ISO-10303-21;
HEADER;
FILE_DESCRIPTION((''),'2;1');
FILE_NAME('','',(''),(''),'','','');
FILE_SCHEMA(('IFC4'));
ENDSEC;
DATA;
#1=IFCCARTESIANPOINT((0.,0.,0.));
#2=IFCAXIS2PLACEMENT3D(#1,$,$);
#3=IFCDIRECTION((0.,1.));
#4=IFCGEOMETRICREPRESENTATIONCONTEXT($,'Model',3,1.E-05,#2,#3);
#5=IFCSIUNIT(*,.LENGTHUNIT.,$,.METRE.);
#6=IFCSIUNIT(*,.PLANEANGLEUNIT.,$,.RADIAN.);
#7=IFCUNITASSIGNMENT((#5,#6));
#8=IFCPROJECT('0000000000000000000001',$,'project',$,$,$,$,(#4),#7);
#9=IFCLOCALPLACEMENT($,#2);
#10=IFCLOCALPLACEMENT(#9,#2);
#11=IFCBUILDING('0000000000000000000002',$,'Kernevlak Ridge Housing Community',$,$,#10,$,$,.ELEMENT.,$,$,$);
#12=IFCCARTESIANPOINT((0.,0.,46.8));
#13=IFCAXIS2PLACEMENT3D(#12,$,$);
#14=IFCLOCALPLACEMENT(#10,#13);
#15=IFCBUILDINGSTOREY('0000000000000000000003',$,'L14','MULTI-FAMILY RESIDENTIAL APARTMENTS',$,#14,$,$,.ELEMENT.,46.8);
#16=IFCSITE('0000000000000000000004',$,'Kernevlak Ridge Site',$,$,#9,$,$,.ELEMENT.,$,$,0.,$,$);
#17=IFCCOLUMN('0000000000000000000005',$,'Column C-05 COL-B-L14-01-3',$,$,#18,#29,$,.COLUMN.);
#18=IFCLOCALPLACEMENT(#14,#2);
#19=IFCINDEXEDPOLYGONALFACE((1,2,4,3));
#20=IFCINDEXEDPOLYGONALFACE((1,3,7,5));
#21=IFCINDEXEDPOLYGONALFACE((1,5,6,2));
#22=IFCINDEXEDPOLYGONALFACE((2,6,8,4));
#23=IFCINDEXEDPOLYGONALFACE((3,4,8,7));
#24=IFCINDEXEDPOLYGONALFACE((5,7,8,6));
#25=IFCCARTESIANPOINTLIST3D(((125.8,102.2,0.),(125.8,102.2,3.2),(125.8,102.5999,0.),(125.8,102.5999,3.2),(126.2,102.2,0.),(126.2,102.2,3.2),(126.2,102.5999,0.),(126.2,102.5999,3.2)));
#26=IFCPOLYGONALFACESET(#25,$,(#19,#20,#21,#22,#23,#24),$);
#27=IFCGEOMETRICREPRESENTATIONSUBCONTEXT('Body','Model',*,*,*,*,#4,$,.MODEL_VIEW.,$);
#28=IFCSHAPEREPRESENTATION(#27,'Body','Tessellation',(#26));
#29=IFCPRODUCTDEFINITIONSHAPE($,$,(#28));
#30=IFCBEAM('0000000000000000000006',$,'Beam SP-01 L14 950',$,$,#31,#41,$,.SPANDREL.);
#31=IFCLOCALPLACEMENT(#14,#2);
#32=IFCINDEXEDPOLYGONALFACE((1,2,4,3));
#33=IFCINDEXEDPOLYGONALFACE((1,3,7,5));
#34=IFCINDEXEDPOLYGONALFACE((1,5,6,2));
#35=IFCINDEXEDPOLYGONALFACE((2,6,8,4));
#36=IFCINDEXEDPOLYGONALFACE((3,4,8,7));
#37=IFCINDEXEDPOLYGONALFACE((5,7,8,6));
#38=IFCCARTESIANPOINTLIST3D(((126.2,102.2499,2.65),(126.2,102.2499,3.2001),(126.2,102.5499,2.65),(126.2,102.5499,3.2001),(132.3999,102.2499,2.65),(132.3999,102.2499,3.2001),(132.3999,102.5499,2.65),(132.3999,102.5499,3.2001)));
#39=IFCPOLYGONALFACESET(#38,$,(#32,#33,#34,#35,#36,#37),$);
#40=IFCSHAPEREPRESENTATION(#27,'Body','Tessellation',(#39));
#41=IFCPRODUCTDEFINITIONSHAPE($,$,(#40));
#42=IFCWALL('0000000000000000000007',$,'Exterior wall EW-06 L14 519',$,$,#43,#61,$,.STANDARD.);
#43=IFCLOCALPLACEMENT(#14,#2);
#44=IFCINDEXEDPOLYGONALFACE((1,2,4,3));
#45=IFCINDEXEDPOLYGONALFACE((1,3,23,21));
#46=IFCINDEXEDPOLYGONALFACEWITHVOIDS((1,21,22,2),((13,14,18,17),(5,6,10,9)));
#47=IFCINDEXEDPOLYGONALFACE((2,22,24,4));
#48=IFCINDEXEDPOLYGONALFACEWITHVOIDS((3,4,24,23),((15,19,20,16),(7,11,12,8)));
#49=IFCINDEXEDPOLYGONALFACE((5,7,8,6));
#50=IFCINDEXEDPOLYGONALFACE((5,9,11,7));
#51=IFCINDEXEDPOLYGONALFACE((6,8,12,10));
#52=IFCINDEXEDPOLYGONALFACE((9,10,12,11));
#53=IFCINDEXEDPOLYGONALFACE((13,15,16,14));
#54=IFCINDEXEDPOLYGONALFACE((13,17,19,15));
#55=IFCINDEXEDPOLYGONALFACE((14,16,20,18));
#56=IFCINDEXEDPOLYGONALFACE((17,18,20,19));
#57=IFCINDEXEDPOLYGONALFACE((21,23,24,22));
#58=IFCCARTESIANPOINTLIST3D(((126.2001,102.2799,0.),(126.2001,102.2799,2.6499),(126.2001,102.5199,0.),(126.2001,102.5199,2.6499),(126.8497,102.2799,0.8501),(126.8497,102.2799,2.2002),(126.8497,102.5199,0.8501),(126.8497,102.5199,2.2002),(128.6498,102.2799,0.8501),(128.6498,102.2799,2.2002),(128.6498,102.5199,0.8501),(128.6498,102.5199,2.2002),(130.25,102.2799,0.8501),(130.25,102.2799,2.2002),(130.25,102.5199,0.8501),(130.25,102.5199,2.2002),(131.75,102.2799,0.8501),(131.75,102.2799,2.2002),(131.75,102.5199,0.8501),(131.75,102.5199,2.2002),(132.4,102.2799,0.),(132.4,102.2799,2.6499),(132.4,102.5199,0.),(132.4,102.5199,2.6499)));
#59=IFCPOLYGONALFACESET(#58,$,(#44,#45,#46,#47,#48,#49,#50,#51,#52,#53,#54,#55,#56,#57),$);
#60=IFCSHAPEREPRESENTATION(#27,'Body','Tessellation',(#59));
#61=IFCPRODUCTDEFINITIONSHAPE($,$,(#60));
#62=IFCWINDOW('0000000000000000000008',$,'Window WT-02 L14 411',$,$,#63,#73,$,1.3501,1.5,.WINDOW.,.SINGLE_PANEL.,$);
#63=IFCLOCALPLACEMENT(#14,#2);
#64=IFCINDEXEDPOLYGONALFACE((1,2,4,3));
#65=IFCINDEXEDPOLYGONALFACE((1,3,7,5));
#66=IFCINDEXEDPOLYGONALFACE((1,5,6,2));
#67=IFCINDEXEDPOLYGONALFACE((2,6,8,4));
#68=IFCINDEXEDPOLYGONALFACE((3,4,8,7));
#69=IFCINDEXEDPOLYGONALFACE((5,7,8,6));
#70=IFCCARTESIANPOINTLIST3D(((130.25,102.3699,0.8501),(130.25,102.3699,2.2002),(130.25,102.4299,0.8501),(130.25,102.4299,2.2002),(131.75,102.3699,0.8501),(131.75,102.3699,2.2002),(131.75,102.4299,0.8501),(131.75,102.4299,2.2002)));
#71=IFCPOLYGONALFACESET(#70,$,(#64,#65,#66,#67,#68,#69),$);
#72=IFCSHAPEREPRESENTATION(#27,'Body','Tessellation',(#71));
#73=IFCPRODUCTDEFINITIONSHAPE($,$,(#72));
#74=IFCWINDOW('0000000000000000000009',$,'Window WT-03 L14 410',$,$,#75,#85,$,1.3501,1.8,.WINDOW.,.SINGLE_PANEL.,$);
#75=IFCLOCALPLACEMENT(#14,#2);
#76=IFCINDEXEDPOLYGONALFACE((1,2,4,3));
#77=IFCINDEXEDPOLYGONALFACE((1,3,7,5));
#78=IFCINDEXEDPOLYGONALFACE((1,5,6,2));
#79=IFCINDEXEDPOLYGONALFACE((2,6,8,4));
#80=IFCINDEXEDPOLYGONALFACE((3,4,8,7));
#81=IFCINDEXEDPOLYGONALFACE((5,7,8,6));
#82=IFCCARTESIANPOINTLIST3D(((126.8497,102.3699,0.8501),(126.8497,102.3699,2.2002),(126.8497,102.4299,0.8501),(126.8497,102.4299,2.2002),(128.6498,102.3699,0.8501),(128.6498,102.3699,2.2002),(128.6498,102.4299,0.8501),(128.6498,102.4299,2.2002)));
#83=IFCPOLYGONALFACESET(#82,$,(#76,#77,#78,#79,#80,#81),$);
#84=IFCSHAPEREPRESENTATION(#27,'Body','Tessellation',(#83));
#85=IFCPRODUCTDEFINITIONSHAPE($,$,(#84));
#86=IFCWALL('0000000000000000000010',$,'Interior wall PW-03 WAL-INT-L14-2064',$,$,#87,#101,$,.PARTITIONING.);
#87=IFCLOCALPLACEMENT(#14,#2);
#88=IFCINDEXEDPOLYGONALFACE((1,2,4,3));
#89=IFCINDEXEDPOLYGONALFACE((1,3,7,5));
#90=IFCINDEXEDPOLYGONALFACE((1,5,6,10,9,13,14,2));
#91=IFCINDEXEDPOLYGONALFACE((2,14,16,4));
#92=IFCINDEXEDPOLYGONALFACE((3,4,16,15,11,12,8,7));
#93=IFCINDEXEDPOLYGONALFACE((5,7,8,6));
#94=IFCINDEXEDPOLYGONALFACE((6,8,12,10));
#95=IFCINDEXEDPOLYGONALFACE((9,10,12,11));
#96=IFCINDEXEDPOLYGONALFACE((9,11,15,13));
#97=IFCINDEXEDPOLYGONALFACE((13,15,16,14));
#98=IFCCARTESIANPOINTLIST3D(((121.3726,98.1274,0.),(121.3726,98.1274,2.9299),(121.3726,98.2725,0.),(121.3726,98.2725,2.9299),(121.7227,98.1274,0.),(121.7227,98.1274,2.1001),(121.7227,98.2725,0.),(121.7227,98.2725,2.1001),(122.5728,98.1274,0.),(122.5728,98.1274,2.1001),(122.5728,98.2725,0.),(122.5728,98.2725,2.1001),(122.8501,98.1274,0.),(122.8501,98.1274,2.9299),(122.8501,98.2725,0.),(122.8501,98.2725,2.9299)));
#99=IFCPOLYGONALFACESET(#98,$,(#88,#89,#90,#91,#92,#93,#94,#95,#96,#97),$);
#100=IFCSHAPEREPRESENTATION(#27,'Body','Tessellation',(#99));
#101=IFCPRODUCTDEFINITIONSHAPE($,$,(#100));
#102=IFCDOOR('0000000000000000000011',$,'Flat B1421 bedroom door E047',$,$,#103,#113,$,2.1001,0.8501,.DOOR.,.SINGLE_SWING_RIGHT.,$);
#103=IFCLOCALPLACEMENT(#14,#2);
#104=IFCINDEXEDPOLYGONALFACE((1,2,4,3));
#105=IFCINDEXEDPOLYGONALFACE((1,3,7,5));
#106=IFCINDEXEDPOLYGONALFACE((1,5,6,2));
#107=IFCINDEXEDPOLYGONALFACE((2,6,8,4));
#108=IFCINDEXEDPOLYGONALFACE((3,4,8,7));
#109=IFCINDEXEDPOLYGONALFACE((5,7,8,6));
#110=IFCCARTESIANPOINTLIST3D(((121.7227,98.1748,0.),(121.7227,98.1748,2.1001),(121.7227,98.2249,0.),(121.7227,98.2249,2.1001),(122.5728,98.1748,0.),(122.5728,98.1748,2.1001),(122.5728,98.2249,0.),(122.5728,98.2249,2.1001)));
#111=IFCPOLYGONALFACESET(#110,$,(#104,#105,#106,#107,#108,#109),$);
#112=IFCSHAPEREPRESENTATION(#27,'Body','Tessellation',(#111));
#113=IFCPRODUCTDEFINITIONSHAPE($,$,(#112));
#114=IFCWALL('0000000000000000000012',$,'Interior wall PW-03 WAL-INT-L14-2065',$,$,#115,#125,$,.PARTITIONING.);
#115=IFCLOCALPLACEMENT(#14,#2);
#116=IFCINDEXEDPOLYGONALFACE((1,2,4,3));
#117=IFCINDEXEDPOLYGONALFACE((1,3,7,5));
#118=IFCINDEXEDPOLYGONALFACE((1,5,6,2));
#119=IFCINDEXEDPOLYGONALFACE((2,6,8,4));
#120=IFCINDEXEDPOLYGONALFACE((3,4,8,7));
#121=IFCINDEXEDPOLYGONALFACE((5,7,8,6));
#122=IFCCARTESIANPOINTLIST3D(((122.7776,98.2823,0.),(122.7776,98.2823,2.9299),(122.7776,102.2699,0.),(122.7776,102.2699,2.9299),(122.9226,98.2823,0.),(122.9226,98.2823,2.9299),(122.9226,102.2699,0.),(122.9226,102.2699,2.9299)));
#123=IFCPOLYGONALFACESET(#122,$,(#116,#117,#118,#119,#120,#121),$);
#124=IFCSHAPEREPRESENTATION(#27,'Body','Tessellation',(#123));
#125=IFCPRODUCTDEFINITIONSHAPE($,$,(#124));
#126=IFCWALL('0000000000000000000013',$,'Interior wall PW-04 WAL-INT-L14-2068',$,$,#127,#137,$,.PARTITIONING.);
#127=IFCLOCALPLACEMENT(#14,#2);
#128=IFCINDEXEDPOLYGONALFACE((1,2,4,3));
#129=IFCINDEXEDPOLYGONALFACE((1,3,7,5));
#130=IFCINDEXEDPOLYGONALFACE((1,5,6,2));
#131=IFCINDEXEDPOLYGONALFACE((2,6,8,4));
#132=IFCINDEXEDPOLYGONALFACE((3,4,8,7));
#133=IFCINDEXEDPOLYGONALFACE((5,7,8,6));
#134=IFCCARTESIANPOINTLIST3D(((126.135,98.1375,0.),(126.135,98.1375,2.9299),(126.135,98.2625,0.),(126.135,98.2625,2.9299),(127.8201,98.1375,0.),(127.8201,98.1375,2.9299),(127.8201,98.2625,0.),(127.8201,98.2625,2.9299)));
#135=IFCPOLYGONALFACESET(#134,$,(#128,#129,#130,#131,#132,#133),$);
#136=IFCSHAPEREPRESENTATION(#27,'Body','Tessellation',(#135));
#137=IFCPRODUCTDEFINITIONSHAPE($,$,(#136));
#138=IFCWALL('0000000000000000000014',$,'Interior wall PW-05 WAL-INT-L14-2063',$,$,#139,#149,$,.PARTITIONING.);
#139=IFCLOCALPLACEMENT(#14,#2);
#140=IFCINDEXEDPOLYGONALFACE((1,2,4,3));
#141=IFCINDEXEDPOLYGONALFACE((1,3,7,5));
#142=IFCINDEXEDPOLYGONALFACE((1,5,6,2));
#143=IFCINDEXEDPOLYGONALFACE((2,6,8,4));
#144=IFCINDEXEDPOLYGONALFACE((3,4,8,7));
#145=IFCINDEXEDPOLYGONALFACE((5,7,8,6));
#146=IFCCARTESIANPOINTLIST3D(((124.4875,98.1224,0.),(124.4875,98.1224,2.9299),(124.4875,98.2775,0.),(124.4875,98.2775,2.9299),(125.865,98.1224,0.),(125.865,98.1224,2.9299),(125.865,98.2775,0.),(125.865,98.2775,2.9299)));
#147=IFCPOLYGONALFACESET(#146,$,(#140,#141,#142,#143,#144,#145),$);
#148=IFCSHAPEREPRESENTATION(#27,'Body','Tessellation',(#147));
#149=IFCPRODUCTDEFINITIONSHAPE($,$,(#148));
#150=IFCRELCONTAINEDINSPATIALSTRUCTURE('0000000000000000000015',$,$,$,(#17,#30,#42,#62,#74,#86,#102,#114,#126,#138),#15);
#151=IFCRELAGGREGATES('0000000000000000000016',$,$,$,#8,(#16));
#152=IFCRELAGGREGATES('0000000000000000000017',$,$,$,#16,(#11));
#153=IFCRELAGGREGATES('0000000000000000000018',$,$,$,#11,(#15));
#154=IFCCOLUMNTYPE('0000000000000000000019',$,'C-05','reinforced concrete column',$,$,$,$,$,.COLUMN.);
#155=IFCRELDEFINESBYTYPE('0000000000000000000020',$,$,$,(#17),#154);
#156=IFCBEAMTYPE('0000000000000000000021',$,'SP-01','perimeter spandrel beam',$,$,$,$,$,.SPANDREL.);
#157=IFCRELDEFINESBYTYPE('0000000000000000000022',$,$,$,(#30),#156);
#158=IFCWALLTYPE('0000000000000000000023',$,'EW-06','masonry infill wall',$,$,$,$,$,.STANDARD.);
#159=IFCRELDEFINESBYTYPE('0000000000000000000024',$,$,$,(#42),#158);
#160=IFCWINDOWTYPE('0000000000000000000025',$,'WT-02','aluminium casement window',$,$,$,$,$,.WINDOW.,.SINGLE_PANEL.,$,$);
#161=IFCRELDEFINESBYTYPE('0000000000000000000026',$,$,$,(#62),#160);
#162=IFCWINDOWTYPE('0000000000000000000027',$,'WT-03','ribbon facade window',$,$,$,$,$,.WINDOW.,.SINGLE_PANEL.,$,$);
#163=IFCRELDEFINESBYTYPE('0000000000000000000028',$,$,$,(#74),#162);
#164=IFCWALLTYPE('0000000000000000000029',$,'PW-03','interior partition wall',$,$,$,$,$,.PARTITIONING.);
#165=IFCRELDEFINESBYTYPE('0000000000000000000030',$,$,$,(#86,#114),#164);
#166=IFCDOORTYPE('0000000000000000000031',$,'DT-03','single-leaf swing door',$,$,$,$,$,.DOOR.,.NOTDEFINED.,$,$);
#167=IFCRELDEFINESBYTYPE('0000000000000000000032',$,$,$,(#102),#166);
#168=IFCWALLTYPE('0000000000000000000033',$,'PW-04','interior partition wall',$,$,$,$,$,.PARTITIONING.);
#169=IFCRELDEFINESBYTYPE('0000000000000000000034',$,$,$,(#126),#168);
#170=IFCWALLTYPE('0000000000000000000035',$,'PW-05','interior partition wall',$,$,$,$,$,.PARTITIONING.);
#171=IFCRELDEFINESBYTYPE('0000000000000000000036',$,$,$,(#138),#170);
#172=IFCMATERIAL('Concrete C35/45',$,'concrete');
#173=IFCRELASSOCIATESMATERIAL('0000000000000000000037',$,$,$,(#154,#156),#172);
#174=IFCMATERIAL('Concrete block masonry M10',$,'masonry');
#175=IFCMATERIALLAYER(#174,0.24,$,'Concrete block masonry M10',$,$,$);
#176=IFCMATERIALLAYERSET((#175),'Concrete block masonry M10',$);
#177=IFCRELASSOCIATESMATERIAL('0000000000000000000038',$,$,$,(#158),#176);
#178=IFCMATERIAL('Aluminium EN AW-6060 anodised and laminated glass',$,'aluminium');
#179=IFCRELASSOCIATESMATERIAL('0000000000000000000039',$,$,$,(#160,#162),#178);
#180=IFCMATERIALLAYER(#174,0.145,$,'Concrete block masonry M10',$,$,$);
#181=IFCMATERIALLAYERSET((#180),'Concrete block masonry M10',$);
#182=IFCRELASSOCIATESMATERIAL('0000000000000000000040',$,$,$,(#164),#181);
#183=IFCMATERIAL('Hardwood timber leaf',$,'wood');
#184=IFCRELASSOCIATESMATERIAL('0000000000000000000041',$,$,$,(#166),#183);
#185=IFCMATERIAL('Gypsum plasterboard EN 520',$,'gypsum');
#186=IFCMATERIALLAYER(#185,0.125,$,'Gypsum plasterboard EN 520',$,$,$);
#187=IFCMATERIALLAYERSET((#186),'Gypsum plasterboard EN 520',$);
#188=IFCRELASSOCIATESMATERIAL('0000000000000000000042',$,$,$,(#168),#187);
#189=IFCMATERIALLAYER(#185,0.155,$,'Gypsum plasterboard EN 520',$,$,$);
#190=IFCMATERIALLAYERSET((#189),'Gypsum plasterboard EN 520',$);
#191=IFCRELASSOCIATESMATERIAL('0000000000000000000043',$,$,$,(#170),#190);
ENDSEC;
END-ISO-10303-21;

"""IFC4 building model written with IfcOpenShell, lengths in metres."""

from ifc_helpers import new_model, si_unit, direction, frame, frame_2d, origin, origin_2d, place, context, subcontext, project, spatial, rectangle, extrude, material, layer, layer_set, material_profile, profile_set, type_object, element, fill, save


model = new_model("IFC4")

# Units and contexts
model_context = context("Model", 3, precision=1e-05, world=origin(), true_north=direction((0.0, 1.0)))
body_context = subcontext(model_context, "Body", "Model", "MODEL_VIEW")
ifc_project = project(units=[si_unit("LENGTHUNIT", "METRE"), si_unit("PLANEANGLEUNIT", "RADIAN")], contexts=[model_context])

# Site, building, storey
site_placement = place(None, origin())
site = spatial("IfcSite", under=ifc_project, at=site_placement, Name="Kernevlak Ridge Site", CompositionType="ELEMENT", RefElevation=0.0)
building_placement = place(site_placement, origin())
building = spatial("IfcBuilding", under=site, at=building_placement, Name="Kernevlak Ridge Housing Community", CompositionType="ELEMENT")
storey_placement = place(building_placement, frame((0.0, 0.0, 46.8)))
storey = spatial("IfcBuildingStorey", under=building, at=storey_placement, Name="L14", Description="MULTI-FAMILY RESIDENTIAL APARTMENTS", CompositionType="ELEMENT", Elevation=46.8)

# Column
ifc_material_1 = material(Name="Concrete C35/45", Category="concrete")
ifc_material_profile_1 = material_profile(ifc_material_1, rectangle(XDim=0.3999, YDim=0.3999, at=origin_2d()), Name="RC 400x400")
ifc_profile_set_1 = profile_set([ifc_material_profile_1], Name="Concrete C35/45")
column_type = type_object("IfcColumnType", Name="C-05", Description="reinforced concrete column", PredefinedType="COLUMN", material=ifc_profile_set_1)
column_placement = place(storey_placement, frame((126.0, 102.3999, 0.0), z_axis=(0.0, 0.0, 1.0), x_axis=(1.0, 0.0, 0.0)))
element("IfcColumn", 1, at=column_placement, inside=storey, type_object=column_type, Name="Column C-05 COL-B-L14-01-3", PredefinedType="COLUMN", context=body_context, shape_type="SweptSolid", body=[
    extrude(rectangle(XDim=0.3999, YDim=0.3999, at=origin_2d()), origin(), (0.0, 0.0, 1.0), 3.2),
])

# Beam
ifc_material_profile_2 = material_profile(ifc_material_1, rectangle(XDim=0.3, YDim=0.55, at=origin_2d()), Name="RC 300x550")
ifc_profile_set_2 = profile_set([ifc_material_profile_2], Name="Concrete C35/45")
beam_type = type_object("IfcBeamType", Name="SP-01", Description="perimeter spandrel beam", PredefinedType="SPANDREL", material=ifc_profile_set_2)
beam_placement = place(storey_placement, frame((126.2, 102.3999, 2.925), z_axis=(1.0, 0.0, 0.0), x_axis=(0.0, 1.0, 0.0)))
element("IfcBeam", 2, at=beam_placement, inside=storey, type_object=beam_type, Name="Beam SP-01 L14 950", PredefinedType="SPANDREL", context=body_context, shape_type="SweptSolid", body=[
    extrude(rectangle(XDim=0.3, YDim=0.55, at=origin_2d()), origin(), (0.0, 0.0, 1.0), 6.2),
])

# Wall, openings, windows
ifc_material_2 = material(Name="Concrete block masonry M10", Category="masonry")
ifc_layer_1 = layer(ifc_material_2, 0.24, Name="Concrete block masonry M10")
ifc_layer_set_1 = layer_set([ifc_layer_1], Name="Concrete block masonry M10")
wall_type_1 = type_object("IfcWallType", Name="EW-06", Description="masonry infill wall", PredefinedType="STANDARD", material=ifc_layer_set_1)
wall_1_placement = place(storey_placement, frame((126.2, 102.3999, 0.0), z_axis=(0.0, 0.0, 1.0), x_axis=(1.0, 0.0, 0.0)))
wall_1 = element("IfcWall", 3, at=wall_1_placement, inside=storey, type_object=wall_type_1, Name="Exterior wall EW-06 L14 519", PredefinedType="STANDARD", context=body_context, shape_type="SweptSolid", body=[
    extrude(rectangle(XDim=6.2, YDim=0.24, at=frame_2d((3.1001, 0.0))), origin(), (0.0, 0.0, 1.0), 2.6499),
])
opening_1_placement = place(wall_1_placement, frame((0.6499, 0.0, 0.8501)))
opening_1 = element("IfcOpeningElement", 4, at=opening_1_placement, cuts=wall_1, PredefinedType="OPENING", context=body_context, shape_type="SweptSolid", body=[
    extrude(rectangle(XDim=1.8, YDim=1.3501, at=frame_2d((0.8999, 0.675))), frame((0.0, 0.1299, 0.0), z_axis=(0.0, -1.0, 0.0), x_axis=(1.0, 0.0, 0.0)), (0.0, 0.0, 1.0), 0.26),
])
opening_2_placement = place(wall_1_placement, frame((4.05, 0.0, 0.8501)))
opening_2 = element("IfcOpeningElement", 5, at=opening_2_placement, cuts=wall_1, PredefinedType="OPENING", context=body_context, shape_type="SweptSolid", body=[
    extrude(rectangle(XDim=1.5, YDim=1.3501, at=frame_2d((0.75, 0.675))), frame((0.0, 0.1299, 0.0), z_axis=(0.0, -1.0, 0.0), x_axis=(1.0, 0.0, 0.0)), (0.0, 0.0, 1.0), 0.26),
])
ifc_material_3 = material(Name="Aluminium EN AW-6060 anodised and laminated glass", Category="aluminium")
window_type_1 = type_object("IfcWindowType", Name="WT-02", Description="aluminium casement window", PartitioningType="SINGLE_PANEL", PredefinedType="WINDOW", material=ifc_material_3)
window_1_placement = place(opening_2_placement, origin())
window_1 = element("IfcWindow", 6, at=window_1_placement, inside=storey, type_object=window_type_1, Name="Window WT-02 L14 411", OverallHeight=1.3501, OverallWidth=1.5, PartitioningType="SINGLE_PANEL", PredefinedType="WINDOW", context=body_context, shape_type="SweptSolid", body=[
    extrude(rectangle(XDim=1.5, YDim=1.3501, at=frame_2d((0.75, 0.675))), frame((0.0, 0.03, 0.0), z_axis=(0.0, -1.0, 0.0), x_axis=(1.0, 0.0, 0.0)), (0.0, 0.0, 1.0), 0.0601),
])
fill(opening_2, window_1)
window_type_2 = type_object("IfcWindowType", Name="WT-03", Description="ribbon facade window", PartitioningType="SINGLE_PANEL", PredefinedType="WINDOW", material=ifc_material_3)
window_2_placement = place(opening_1_placement, origin())
window_2 = element("IfcWindow", 7, at=window_2_placement, inside=storey, type_object=window_type_2, Name="Window WT-03 L14 410", OverallHeight=1.3501, OverallWidth=1.8, PartitioningType="SINGLE_PANEL", PredefinedType="WINDOW", context=body_context, shape_type="SweptSolid", body=[
    extrude(rectangle(XDim=1.8, YDim=1.3501, at=frame_2d((0.8999, 0.675))), frame((0.0, 0.03, 0.0), z_axis=(0.0, -1.0, 0.0), x_axis=(1.0, 0.0, 0.0)), (0.0, 0.0, 1.0), 0.0601),
])
fill(opening_1, window_2)

# Wall, opening, door
ifc_layer_2 = layer(ifc_material_2, 0.145, Name="Concrete block masonry M10")
ifc_layer_set_2 = layer_set([ifc_layer_2], Name="Concrete block masonry M10")
wall_type_2 = type_object("IfcWallType", Name="PW-03", Description="interior partition wall", PredefinedType="PARTITIONING", material=ifc_layer_set_2)
wall_2_placement = place(storey_placement, frame((121.3726, 98.2, 0.0), z_axis=(0.0, 0.0, 1.0), x_axis=(1.0, 0.0, 0.0)))
wall_2 = element("IfcWall", 8, at=wall_2_placement, inside=storey, type_object=wall_type_2, Name="Interior wall PW-03 WAL-INT-L14-2064", PredefinedType="PARTITIONING", context=body_context, shape_type="SweptSolid", body=[
    extrude(rectangle(XDim=1.4775, YDim=0.145, at=frame_2d((0.7388, 0.0))), origin(), (0.0, 0.0, 1.0), 2.9299),
])
opening_3_placement = place(wall_2_placement, frame((0.3501, 0.0, 0.0)))
opening_3 = element("IfcOpeningElement", 9, at=opening_3_placement, cuts=wall_2, PredefinedType="OPENING", context=body_context, shape_type="SweptSolid", body=[
    extrude(rectangle(XDim=0.8501, YDim=2.1001, at=frame_2d((0.425, 1.05))), frame((0.0, 0.0825, 0.0), z_axis=(0.0, -1.0, 0.0), x_axis=(1.0, 0.0, 0.0)), (0.0, 0.0, 1.0), 0.165),
])
ifc_material_4 = material(Name="Hardwood timber leaf", Category="wood")
door_type_1 = type_object("IfcDoorType", Name="DT-03", Description="single-leaf swing door", OperationType="NOTDEFINED", PredefinedType="DOOR", material=ifc_material_4)
door_1_placement = place(opening_3_placement, origin())
door_1 = element("IfcDoor", 10, at=door_1_placement, inside=storey, type_object=door_type_1, Name="Flat B1421 bedroom door E047", OperationType="SINGLE_SWING_RIGHT", OverallHeight=2.1001, OverallWidth=0.8501, PredefinedType="DOOR", context=body_context, shape_type="SweptSolid", body=[
    extrude(rectangle(XDim=0.8501, YDim=2.1001, at=frame_2d((0.425, 1.05))), frame((0.0, 0.0249, 0.0), z_axis=(0.0, -1.0, 0.0), x_axis=(1.0, 0.0, 0.0)), (0.0, 0.0, 1.0), 0.05),
])
fill(opening_3, door_1)

# Walls
wall_3_placement = place(storey_placement, frame((122.8501, 98.2825, 0.0), z_axis=(0.0, 0.0, 1.0), x_axis=(0.0, 1.0, 0.0)))
element("IfcWall", 11, at=wall_3_placement, inside=storey, type_object=wall_type_2, Name="Interior wall PW-03 WAL-INT-L14-2065", PredefinedType="PARTITIONING", context=body_context, shape_type="SweptSolid", body=[
    extrude(rectangle(XDim=3.9875, YDim=0.145, at=frame_2d((1.9937, 0.0))), origin(), (0.0, 0.0, 1.0), 2.9299),
])
ifc_material_5 = material(Name="Gypsum plasterboard EN 520", Category="gypsum")
ifc_layer_3 = layer(ifc_material_5, 0.125, Name="Gypsum plasterboard EN 520")
ifc_layer_set_3 = layer_set([ifc_layer_3], Name="Gypsum plasterboard EN 520")
wall_type_3 = type_object("IfcWallType", Name="PW-04", Description="interior partition wall", PredefinedType="PARTITIONING", material=ifc_layer_set_3)
wall_4_placement = place(storey_placement, frame((126.135, 98.2, 0.0), z_axis=(0.0, 0.0, 1.0), x_axis=(1.0, 0.0, 0.0)))
element("IfcWall", 12, at=wall_4_placement, inside=storey, type_object=wall_type_3, Name="Interior wall PW-04 WAL-INT-L14-2068", PredefinedType="PARTITIONING", context=body_context, shape_type="SweptSolid", body=[
    extrude(rectangle(XDim=1.6851, YDim=0.125, at=frame_2d((0.8425, 0.0))), origin(), (0.0, 0.0, 1.0), 2.9299),
])
ifc_layer_4 = layer(ifc_material_5, 0.155, Name="Gypsum plasterboard EN 520")
ifc_layer_set_4 = layer_set([ifc_layer_4], Name="Gypsum plasterboard EN 520")
wall_type_4 = type_object("IfcWallType", Name="PW-05", Description="interior partition wall", PredefinedType="PARTITIONING", material=ifc_layer_set_4)
wall_5_placement = place(storey_placement, frame((124.4875, 98.2, 0.0), z_axis=(0.0, 0.0, 1.0), x_axis=(1.0, 0.0, 0.0)))
element("IfcWall", 13, at=wall_5_placement, inside=storey, type_object=wall_type_4, Name="Interior wall PW-05 WAL-INT-L14-2063", PredefinedType="PARTITIONING", context=body_context, shape_type="SweptSolid", body=[
    extrude(rectangle(XDim=1.3774, YDim=0.155, at=frame_2d((0.6887, 0.0))), origin(), (0.0, 0.0, 1.0), 2.9299),
])

save(model, "model.ifc")
